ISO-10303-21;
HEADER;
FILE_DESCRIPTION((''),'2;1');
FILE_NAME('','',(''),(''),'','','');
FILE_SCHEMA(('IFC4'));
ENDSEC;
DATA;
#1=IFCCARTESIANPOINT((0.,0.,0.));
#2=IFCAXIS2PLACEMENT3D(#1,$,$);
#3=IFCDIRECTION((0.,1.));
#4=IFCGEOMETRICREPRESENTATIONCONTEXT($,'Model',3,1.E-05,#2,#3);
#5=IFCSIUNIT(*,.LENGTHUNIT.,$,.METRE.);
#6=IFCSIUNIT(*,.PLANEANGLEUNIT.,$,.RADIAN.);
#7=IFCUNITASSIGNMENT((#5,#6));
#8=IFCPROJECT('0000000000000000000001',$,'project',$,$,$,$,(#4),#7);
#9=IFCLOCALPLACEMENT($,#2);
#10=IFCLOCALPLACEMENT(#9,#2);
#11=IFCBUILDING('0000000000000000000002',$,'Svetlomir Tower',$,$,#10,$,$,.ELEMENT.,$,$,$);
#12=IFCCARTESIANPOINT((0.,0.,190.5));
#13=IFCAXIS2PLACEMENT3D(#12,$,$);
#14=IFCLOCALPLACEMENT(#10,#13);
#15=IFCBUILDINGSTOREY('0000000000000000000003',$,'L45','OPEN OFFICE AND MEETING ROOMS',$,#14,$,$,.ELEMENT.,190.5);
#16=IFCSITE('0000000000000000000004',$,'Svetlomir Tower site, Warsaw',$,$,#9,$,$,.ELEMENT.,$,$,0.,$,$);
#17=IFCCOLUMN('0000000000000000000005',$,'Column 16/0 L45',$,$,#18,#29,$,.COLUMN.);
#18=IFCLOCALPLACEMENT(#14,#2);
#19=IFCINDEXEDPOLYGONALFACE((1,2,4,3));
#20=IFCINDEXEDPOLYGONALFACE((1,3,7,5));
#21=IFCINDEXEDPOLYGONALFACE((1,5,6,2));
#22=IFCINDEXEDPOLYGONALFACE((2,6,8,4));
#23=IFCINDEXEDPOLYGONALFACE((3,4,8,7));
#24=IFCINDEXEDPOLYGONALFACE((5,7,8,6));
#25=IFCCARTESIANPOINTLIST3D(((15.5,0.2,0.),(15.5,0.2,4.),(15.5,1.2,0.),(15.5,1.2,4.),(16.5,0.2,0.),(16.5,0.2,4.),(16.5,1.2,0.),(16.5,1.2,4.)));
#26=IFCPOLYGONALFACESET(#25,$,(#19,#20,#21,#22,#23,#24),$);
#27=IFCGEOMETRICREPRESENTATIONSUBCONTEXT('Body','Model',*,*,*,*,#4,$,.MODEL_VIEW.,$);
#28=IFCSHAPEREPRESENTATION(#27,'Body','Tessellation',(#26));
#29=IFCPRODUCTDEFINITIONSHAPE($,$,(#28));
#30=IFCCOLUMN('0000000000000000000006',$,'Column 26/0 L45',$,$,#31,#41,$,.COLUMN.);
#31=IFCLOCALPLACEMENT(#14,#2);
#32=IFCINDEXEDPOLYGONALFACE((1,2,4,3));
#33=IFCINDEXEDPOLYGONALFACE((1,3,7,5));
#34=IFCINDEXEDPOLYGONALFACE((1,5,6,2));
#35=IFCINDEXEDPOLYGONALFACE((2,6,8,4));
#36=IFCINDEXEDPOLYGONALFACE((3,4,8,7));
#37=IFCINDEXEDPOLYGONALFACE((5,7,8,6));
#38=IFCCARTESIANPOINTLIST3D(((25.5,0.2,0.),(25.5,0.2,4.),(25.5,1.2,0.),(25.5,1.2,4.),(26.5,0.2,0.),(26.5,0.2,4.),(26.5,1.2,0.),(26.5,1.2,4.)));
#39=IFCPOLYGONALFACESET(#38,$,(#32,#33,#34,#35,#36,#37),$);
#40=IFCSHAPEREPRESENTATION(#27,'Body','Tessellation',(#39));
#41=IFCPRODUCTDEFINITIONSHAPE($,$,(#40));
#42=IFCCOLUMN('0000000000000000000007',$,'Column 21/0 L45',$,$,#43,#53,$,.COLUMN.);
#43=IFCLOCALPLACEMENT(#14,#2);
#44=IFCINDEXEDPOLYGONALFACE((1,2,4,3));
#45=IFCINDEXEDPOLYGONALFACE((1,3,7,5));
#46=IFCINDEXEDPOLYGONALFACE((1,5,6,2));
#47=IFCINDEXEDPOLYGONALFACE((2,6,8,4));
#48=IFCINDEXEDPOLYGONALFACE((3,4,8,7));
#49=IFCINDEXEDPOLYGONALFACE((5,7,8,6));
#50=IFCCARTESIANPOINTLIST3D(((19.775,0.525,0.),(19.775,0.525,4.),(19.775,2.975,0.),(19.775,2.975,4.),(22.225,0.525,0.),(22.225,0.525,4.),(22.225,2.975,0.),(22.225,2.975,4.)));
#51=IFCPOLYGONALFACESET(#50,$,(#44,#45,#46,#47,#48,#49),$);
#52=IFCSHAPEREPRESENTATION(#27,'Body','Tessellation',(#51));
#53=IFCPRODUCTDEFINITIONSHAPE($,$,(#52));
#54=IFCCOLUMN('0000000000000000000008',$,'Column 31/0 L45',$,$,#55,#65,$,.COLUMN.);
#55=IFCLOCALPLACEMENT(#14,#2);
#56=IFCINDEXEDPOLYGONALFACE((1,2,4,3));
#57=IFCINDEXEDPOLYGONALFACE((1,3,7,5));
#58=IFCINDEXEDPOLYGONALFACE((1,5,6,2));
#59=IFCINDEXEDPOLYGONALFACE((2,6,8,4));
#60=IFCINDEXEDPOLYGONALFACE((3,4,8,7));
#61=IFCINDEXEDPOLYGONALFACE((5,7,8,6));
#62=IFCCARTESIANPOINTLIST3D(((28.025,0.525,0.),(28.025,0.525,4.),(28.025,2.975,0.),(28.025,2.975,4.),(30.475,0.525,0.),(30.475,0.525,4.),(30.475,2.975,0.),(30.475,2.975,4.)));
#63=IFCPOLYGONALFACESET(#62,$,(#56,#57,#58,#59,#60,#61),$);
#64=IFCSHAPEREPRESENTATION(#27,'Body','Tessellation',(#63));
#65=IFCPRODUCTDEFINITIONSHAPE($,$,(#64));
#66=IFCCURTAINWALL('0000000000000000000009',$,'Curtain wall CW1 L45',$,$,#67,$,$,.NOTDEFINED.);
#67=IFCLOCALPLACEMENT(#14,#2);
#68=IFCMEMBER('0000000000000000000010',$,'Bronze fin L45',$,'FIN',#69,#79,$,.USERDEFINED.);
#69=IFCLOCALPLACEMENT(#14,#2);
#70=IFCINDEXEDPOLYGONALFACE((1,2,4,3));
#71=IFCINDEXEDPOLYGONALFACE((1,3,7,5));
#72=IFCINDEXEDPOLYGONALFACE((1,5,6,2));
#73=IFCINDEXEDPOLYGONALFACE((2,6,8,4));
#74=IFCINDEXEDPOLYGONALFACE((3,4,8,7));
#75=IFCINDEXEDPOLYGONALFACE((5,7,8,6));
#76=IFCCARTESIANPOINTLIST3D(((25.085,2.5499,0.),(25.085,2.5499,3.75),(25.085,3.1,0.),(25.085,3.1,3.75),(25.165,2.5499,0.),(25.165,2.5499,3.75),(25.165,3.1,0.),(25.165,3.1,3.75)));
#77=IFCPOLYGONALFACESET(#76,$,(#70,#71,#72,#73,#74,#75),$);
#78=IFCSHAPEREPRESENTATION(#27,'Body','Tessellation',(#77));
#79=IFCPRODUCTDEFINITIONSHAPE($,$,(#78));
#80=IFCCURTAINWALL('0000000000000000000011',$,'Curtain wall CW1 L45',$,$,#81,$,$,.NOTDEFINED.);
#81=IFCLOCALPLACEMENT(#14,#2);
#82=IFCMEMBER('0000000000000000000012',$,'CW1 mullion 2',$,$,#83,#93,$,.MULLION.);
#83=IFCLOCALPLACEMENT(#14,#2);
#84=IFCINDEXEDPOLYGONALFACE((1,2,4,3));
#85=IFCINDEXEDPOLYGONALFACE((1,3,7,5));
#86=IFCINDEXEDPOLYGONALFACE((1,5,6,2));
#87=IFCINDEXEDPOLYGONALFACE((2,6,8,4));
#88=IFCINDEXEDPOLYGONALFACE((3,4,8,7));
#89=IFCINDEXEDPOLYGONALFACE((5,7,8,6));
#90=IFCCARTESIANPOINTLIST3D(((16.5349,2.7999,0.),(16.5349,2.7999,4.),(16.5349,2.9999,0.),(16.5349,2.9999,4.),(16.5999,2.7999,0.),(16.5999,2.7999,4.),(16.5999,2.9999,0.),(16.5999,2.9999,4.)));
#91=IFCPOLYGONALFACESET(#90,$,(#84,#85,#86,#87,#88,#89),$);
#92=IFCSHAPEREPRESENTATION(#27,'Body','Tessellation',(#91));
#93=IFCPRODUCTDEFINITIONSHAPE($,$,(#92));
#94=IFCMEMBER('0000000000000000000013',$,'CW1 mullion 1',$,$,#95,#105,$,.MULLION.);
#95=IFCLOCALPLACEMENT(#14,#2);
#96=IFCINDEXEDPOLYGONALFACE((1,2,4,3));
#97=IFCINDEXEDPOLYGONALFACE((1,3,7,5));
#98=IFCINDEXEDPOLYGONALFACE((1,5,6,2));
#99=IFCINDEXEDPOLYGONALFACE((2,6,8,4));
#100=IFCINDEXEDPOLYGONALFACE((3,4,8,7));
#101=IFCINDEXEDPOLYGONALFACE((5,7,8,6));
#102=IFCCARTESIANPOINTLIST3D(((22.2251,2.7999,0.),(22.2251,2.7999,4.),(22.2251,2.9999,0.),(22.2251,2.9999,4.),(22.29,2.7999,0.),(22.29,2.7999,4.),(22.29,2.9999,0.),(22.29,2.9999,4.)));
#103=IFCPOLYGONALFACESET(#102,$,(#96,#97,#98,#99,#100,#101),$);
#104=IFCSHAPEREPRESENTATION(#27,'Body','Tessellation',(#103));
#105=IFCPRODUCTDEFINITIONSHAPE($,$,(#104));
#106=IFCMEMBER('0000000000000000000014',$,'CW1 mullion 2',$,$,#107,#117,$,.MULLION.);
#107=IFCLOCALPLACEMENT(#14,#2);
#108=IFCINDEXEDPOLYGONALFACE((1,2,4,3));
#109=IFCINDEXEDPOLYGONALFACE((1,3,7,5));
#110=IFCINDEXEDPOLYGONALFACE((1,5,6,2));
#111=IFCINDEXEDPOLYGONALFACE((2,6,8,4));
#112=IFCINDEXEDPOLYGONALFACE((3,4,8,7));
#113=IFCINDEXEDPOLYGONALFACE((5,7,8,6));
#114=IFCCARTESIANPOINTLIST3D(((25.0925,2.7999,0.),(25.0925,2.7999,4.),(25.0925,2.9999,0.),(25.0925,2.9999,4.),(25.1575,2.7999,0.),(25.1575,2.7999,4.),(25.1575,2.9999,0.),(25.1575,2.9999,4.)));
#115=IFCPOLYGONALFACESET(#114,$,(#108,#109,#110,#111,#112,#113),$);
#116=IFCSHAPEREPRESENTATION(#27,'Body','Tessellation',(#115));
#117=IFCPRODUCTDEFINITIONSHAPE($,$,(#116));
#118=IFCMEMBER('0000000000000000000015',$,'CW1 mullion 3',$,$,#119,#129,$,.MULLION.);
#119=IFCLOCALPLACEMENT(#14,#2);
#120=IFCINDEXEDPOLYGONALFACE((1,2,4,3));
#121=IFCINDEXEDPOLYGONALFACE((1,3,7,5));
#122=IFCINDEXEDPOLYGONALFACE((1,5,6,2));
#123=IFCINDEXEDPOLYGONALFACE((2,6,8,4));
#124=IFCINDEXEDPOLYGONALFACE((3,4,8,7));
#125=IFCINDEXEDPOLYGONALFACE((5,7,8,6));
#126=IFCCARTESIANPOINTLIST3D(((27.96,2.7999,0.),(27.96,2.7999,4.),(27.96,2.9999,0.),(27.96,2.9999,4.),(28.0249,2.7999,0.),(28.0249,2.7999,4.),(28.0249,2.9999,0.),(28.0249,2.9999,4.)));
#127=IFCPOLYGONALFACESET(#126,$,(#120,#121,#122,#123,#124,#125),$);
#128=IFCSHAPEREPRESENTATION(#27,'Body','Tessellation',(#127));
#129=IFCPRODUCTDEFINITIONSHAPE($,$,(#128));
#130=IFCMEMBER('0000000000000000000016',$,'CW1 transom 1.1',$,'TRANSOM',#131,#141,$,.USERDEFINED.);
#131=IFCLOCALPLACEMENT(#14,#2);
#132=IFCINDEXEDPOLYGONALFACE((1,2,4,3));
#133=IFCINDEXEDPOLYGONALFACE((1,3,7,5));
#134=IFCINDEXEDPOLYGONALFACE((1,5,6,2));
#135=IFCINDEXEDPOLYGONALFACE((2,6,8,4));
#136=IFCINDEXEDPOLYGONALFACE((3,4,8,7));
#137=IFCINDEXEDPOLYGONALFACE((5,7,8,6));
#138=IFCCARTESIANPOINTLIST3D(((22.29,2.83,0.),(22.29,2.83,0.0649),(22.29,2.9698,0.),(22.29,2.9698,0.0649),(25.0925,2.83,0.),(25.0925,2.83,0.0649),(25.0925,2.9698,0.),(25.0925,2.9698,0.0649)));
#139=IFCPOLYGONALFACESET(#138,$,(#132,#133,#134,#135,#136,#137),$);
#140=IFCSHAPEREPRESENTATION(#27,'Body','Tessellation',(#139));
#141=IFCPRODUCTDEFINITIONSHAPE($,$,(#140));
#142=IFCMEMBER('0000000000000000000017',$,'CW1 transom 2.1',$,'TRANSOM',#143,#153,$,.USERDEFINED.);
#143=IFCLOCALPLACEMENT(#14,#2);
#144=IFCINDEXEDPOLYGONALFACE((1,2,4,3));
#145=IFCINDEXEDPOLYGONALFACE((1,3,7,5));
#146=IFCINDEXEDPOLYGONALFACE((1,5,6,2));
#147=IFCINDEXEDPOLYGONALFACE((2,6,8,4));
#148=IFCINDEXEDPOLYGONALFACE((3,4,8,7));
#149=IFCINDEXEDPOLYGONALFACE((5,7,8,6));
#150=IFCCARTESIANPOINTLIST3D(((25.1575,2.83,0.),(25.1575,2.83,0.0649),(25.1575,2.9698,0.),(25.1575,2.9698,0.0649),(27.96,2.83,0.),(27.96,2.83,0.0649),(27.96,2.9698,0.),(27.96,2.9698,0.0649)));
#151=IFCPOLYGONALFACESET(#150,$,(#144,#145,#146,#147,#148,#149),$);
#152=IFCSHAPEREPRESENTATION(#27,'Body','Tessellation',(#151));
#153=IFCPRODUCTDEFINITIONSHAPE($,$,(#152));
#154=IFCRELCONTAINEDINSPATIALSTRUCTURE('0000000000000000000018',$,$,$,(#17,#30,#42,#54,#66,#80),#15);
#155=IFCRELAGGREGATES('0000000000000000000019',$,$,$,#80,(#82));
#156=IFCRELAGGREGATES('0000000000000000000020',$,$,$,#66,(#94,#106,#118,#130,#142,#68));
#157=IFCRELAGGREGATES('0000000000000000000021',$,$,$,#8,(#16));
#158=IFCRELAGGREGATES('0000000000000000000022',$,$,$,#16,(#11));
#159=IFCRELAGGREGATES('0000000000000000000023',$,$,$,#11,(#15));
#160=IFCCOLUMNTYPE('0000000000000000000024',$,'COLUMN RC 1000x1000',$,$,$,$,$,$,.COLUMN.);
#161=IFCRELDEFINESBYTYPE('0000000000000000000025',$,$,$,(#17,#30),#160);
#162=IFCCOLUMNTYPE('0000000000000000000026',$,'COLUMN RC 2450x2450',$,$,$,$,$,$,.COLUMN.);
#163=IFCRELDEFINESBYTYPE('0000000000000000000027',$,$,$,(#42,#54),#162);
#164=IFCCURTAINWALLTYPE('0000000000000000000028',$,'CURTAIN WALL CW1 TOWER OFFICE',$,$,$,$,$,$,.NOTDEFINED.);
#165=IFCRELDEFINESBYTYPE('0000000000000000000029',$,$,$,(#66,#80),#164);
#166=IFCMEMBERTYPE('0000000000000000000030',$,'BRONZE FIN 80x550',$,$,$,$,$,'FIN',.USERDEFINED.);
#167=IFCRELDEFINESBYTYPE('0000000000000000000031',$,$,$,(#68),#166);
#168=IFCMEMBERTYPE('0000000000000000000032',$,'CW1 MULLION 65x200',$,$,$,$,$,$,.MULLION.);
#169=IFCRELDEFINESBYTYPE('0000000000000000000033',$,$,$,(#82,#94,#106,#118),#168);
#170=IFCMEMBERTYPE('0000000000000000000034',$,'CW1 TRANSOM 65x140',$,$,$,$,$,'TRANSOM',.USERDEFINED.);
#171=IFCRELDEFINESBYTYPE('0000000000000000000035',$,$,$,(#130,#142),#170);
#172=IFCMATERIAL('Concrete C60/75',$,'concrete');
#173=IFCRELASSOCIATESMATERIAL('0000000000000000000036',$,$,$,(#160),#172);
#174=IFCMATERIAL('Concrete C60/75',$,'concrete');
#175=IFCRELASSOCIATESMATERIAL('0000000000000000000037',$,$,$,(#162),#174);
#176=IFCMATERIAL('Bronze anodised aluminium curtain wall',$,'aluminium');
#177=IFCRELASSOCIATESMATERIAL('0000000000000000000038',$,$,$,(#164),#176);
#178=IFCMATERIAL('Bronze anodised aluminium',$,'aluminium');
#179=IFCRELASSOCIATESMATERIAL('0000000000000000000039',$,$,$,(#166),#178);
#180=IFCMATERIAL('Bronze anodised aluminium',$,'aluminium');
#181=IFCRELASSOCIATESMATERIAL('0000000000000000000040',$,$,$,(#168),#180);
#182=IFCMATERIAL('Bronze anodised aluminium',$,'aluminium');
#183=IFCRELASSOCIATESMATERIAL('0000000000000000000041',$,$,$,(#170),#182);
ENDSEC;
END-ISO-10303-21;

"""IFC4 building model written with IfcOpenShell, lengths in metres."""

from ifc_helpers import new_model, si_unit, direction, frame, origin, origin_2d, place, context, subcontext, project, spatial, rectangle, extrude, material, material_profile, profile_set, type_object, element, aggregate, save


model = new_model("IFC4")

# Units and contexts
model_context = context("Model", 3, precision=1e-05, world=origin(), true_north=direction((0.0, 1.0)))
body_context = subcontext(model_context, "Body", "Model", "MODEL_VIEW")
ifc_project = project(units=[si_unit("LENGTHUNIT", "METRE"), si_unit("PLANEANGLEUNIT", "RADIAN")], contexts=[model_context])

# Site, building, storey
site_placement = place(None, origin())
site = spatial("IfcSite", under=ifc_project, at=site_placement, Name="Svetlomir Tower site, Warsaw", CompositionType="ELEMENT", RefElevation=0.0)
building_placement = place(site_placement, origin())
building = spatial("IfcBuilding", under=site, at=building_placement, Name="Svetlomir Tower", CompositionType="ELEMENT")
storey_placement = place(building_placement, frame((0.0, 0.0, 190.5)))
storey = spatial("IfcBuildingStorey", under=building, at=storey_placement, Name="L45", Description="OPEN OFFICE AND MEETING ROOMS", CompositionType="ELEMENT", Elevation=190.5)

# Columns
ifc_material_1 = material(Name="Concrete C60/75", Category="concrete")
ifc_material_profile_1 = material_profile(ifc_material_1, rectangle(XDim=1.0, YDim=1.0, at=origin_2d()), Name="RC 1000x1000")
ifc_profile_set_1 = profile_set([ifc_material_profile_1], Name="Concrete C60/75")
column_type_1 = type_object("IfcColumnType", Name="COLUMN RC 1000x1000", PredefinedType="COLUMN", material=ifc_profile_set_1)
for number, where, z_axis, x_axis, name in (
    (1, (16.0, 0.7, 0.0), (0.0, 0.0, 1.0), (1.0, 0.0, 0.0), "Column 16/0 L45"),
    (2, (26.0, 0.7, 0.0), (0.0, 0.0, 1.0), (1.0, 0.0, 0.0), "Column 26/0 L45"),
):
    element("IfcColumn", number, at=place(storey_placement, frame(where, z_axis=z_axis, x_axis=x_axis)), inside=storey, type_object=column_type_1, Name=name, PredefinedType="COLUMN", context=body_context, shape_type="SweptSolid", body=[
        extrude(rectangle(XDim=1.0, YDim=1.0, at=origin_2d()), origin(), (0.0, 0.0, 1.0), 4.0),
    ])
ifc_material_2 = material(Name="Concrete C60/75", Category="concrete")
ifc_material_profile_2 = material_profile(ifc_material_2, rectangle(XDim=2.45, YDim=2.45, at=origin_2d()), Name="RC 2450x2450")
ifc_profile_set_2 = profile_set([ifc_material_profile_2], Name="Concrete C60/75")
column_type_2 = type_object("IfcColumnType", Name="COLUMN RC 2450x2450", PredefinedType="COLUMN", material=ifc_profile_set_2)
for number, where, z_axis, x_axis, name in (
    (3, (21.0, 1.75, 0.0), (0.0, 0.0, 1.0), (1.0, 0.0, 0.0), "Column 21/0 L45"),
    (4, (29.25, 1.75, 0.0), (0.0, 0.0, 1.0), (1.0, 0.0, 0.0), "Column 31/0 L45"),
):
    element("IfcColumn", number, at=place(storey_placement, frame(where, z_axis=z_axis, x_axis=x_axis)), inside=storey, type_object=column_type_2, Name=name, PredefinedType="COLUMN", context=body_context, shape_type="SweptSolid", body=[
        extrude(rectangle(XDim=2.45, YDim=2.45, at=origin_2d()), origin(), (0.0, 0.0, 1.0), 4.0),
    ])

# Curtain walls, members
ifc_material_3 = material(Name="Bronze anodised aluminium curtain wall", Category="aluminium")
curtain_wall_type = type_object("IfcCurtainWallType", Name="CURTAIN WALL CW1 TOWER OFFICE", PredefinedType="NOTDEFINED", material=ifc_material_3)
curtain_wall_1_placement = place(storey_placement, origin())
curtain_wall_1 = element("IfcCurtainWall", 5, at=curtain_wall_1_placement, inside=storey, type_object=curtain_wall_type, Name="Curtain wall CW1 L45", PredefinedType="NOTDEFINED")
ifc_material_4 = material(Name="Bronze anodised aluminium", Category="aluminium")
ifc_material_profile_3 = material_profile(ifc_material_4, rectangle(XDim=0.0801, YDim=0.55, at=origin_2d()), Name="FIN 80x550")
ifc_profile_set_3 = profile_set([ifc_material_profile_3], Name="Bronze anodised aluminium 6063-T6")
member_type_1 = type_object("IfcMemberType", Name="BRONZE FIN 80x550", ElementType="FIN", PredefinedType="USERDEFINED", material=ifc_profile_set_3)
member_1_placement = place(storey_placement, frame((25.125, 2.825, 0.0), z_axis=(0.0, 0.0, 1.0), x_axis=(1.0, 0.0, 0.0)))
member_1 = element("IfcMember", 6, at=member_1_placement, type_object=member_type_1, Name="Bronze fin L45", ObjectType="FIN", PredefinedType="USERDEFINED", context=body_context, shape_type="SweptSolid", body=[
    extrude(rectangle(XDim=0.0801, YDim=0.55, at=origin_2d()), origin(), (0.0, 0.0, 1.0), 3.75),
])
curtain_wall_2_placement = place(storey_placement, origin())
curtain_wall_2 = element("IfcCurtainWall", 7, at=curtain_wall_2_placement, inside=storey, type_object=curtain_wall_type, Name="Curtain wall CW1 L45", PredefinedType="NOTDEFINED")
ifc_material_5 = material(Name="Bronze anodised aluminium", Category="aluminium")
ifc_material_profile_4 = material_profile(ifc_material_5, rectangle(XDim=0.0649, YDim=0.2, at=origin_2d()), Name="AL 65x200")
ifc_profile_set_4 = profile_set([ifc_material_profile_4], Name="Bronze anodised aluminium 6063-T6")
member_type_2 = type_object("IfcMemberType", Name="CW1 MULLION 65x200", PredefinedType="MULLION", material=ifc_profile_set_4)
member_2_placement = place(storey_placement, frame((16.5674, 2.8999, 0.0), z_axis=(0.0, 0.0, 1.0), x_axis=(1.0, 0.0, 0.0)))
member_2 = element("IfcMember", 8, at=member_2_placement, type_object=member_type_2, Name="CW1 mullion 2", PredefinedType="MULLION", context=body_context, shape_type="SweptSolid", body=[
    extrude(rectangle(XDim=0.0649, YDim=0.2, at=origin_2d()), origin(), (0.0, 0.0, 1.0), 4.0),
])

# Members
member_3_placement = place(storey_placement, frame((22.2576, 2.8999, 0.0), z_axis=(0.0, 0.0, 1.0), x_axis=(1.0, 0.0, 0.0)))
member_3 = element("IfcMember", 9, at=member_3_placement, type_object=member_type_2, Name="CW1 mullion 1", PredefinedType="MULLION", context=body_context, shape_type="SweptSolid", body=[
    extrude(rectangle(XDim=0.0649, YDim=0.2, at=origin_2d()), origin(), (0.0, 0.0, 1.0), 4.0),
])
member_4_placement = place(storey_placement, frame((25.125, 2.8999, 0.0), z_axis=(0.0, 0.0, 1.0), x_axis=(1.0, 0.0, 0.0)))
member_4 = element("IfcMember", 10, at=member_4_placement, type_object=member_type_2, Name="CW1 mullion 2", PredefinedType="MULLION", context=body_context, shape_type="SweptSolid", body=[
    extrude(rectangle(XDim=0.0649, YDim=0.2, at=origin_2d()), origin(), (0.0, 0.0, 1.0), 4.0),
])
member_5_placement = place(storey_placement, frame((27.9924, 2.8999, 0.0), z_axis=(0.0, 0.0, 1.0), x_axis=(1.0, 0.0, 0.0)))
member_5 = element("IfcMember", 11, at=member_5_placement, type_object=member_type_2, Name="CW1 mullion 3", PredefinedType="MULLION", context=body_context, shape_type="SweptSolid", body=[
    extrude(rectangle(XDim=0.0649, YDim=0.2, at=origin_2d()), origin(), (0.0, 0.0, 1.0), 4.0),
])
ifc_material_6 = material(Name="Bronze anodised aluminium", Category="aluminium")
ifc_material_profile_5 = material_profile(ifc_material_6, rectangle(XDim=0.1399, YDim=0.0649, at=origin_2d()), Name="AL 140x65")
ifc_profile_set_5 = profile_set([ifc_material_profile_5], Name="Bronze anodised aluminium 6063-T6")
member_type_3 = type_object("IfcMemberType", Name="CW1 TRANSOM 65x140", ElementType="TRANSOM", PredefinedType="USERDEFINED", material=ifc_profile_set_5)
member_6_placement = place(storey_placement, frame((22.29, 2.8999, 0.0325), z_axis=(1.0, 0.0, 0.0), x_axis=(0.0, 1.0, 0.0)))
member_6 = element("IfcMember", 12, at=member_6_placement, type_object=member_type_3, Name="CW1 transom 1.1", ObjectType="TRANSOM", PredefinedType="USERDEFINED", context=body_context, shape_type="SweptSolid", body=[
    extrude(rectangle(XDim=0.1399, YDim=0.0649, at=origin_2d()), origin(), (0.0, 0.0, 1.0), 2.8025),
])
member_7_placement = place(storey_placement, frame((25.1575, 2.8999, 0.0325), z_axis=(1.0, 0.0, 0.0), x_axis=(0.0, 1.0, 0.0)))
member_7 = element("IfcMember", 13, at=member_7_placement, type_object=member_type_3, Name="CW1 transom 2.1", ObjectType="TRANSOM", PredefinedType="USERDEFINED", context=body_context, shape_type="SweptSolid", body=[
    extrude(rectangle(XDim=0.1399, YDim=0.0649, at=origin_2d()), origin(), (0.0, 0.0, 1.0), 2.8025),
])

aggregate(curtain_wall_2, [member_2])
aggregate(curtain_wall_1, [member_3, member_4, member_5, member_6, member_7, member_1])

save(model, "model.ifc")
